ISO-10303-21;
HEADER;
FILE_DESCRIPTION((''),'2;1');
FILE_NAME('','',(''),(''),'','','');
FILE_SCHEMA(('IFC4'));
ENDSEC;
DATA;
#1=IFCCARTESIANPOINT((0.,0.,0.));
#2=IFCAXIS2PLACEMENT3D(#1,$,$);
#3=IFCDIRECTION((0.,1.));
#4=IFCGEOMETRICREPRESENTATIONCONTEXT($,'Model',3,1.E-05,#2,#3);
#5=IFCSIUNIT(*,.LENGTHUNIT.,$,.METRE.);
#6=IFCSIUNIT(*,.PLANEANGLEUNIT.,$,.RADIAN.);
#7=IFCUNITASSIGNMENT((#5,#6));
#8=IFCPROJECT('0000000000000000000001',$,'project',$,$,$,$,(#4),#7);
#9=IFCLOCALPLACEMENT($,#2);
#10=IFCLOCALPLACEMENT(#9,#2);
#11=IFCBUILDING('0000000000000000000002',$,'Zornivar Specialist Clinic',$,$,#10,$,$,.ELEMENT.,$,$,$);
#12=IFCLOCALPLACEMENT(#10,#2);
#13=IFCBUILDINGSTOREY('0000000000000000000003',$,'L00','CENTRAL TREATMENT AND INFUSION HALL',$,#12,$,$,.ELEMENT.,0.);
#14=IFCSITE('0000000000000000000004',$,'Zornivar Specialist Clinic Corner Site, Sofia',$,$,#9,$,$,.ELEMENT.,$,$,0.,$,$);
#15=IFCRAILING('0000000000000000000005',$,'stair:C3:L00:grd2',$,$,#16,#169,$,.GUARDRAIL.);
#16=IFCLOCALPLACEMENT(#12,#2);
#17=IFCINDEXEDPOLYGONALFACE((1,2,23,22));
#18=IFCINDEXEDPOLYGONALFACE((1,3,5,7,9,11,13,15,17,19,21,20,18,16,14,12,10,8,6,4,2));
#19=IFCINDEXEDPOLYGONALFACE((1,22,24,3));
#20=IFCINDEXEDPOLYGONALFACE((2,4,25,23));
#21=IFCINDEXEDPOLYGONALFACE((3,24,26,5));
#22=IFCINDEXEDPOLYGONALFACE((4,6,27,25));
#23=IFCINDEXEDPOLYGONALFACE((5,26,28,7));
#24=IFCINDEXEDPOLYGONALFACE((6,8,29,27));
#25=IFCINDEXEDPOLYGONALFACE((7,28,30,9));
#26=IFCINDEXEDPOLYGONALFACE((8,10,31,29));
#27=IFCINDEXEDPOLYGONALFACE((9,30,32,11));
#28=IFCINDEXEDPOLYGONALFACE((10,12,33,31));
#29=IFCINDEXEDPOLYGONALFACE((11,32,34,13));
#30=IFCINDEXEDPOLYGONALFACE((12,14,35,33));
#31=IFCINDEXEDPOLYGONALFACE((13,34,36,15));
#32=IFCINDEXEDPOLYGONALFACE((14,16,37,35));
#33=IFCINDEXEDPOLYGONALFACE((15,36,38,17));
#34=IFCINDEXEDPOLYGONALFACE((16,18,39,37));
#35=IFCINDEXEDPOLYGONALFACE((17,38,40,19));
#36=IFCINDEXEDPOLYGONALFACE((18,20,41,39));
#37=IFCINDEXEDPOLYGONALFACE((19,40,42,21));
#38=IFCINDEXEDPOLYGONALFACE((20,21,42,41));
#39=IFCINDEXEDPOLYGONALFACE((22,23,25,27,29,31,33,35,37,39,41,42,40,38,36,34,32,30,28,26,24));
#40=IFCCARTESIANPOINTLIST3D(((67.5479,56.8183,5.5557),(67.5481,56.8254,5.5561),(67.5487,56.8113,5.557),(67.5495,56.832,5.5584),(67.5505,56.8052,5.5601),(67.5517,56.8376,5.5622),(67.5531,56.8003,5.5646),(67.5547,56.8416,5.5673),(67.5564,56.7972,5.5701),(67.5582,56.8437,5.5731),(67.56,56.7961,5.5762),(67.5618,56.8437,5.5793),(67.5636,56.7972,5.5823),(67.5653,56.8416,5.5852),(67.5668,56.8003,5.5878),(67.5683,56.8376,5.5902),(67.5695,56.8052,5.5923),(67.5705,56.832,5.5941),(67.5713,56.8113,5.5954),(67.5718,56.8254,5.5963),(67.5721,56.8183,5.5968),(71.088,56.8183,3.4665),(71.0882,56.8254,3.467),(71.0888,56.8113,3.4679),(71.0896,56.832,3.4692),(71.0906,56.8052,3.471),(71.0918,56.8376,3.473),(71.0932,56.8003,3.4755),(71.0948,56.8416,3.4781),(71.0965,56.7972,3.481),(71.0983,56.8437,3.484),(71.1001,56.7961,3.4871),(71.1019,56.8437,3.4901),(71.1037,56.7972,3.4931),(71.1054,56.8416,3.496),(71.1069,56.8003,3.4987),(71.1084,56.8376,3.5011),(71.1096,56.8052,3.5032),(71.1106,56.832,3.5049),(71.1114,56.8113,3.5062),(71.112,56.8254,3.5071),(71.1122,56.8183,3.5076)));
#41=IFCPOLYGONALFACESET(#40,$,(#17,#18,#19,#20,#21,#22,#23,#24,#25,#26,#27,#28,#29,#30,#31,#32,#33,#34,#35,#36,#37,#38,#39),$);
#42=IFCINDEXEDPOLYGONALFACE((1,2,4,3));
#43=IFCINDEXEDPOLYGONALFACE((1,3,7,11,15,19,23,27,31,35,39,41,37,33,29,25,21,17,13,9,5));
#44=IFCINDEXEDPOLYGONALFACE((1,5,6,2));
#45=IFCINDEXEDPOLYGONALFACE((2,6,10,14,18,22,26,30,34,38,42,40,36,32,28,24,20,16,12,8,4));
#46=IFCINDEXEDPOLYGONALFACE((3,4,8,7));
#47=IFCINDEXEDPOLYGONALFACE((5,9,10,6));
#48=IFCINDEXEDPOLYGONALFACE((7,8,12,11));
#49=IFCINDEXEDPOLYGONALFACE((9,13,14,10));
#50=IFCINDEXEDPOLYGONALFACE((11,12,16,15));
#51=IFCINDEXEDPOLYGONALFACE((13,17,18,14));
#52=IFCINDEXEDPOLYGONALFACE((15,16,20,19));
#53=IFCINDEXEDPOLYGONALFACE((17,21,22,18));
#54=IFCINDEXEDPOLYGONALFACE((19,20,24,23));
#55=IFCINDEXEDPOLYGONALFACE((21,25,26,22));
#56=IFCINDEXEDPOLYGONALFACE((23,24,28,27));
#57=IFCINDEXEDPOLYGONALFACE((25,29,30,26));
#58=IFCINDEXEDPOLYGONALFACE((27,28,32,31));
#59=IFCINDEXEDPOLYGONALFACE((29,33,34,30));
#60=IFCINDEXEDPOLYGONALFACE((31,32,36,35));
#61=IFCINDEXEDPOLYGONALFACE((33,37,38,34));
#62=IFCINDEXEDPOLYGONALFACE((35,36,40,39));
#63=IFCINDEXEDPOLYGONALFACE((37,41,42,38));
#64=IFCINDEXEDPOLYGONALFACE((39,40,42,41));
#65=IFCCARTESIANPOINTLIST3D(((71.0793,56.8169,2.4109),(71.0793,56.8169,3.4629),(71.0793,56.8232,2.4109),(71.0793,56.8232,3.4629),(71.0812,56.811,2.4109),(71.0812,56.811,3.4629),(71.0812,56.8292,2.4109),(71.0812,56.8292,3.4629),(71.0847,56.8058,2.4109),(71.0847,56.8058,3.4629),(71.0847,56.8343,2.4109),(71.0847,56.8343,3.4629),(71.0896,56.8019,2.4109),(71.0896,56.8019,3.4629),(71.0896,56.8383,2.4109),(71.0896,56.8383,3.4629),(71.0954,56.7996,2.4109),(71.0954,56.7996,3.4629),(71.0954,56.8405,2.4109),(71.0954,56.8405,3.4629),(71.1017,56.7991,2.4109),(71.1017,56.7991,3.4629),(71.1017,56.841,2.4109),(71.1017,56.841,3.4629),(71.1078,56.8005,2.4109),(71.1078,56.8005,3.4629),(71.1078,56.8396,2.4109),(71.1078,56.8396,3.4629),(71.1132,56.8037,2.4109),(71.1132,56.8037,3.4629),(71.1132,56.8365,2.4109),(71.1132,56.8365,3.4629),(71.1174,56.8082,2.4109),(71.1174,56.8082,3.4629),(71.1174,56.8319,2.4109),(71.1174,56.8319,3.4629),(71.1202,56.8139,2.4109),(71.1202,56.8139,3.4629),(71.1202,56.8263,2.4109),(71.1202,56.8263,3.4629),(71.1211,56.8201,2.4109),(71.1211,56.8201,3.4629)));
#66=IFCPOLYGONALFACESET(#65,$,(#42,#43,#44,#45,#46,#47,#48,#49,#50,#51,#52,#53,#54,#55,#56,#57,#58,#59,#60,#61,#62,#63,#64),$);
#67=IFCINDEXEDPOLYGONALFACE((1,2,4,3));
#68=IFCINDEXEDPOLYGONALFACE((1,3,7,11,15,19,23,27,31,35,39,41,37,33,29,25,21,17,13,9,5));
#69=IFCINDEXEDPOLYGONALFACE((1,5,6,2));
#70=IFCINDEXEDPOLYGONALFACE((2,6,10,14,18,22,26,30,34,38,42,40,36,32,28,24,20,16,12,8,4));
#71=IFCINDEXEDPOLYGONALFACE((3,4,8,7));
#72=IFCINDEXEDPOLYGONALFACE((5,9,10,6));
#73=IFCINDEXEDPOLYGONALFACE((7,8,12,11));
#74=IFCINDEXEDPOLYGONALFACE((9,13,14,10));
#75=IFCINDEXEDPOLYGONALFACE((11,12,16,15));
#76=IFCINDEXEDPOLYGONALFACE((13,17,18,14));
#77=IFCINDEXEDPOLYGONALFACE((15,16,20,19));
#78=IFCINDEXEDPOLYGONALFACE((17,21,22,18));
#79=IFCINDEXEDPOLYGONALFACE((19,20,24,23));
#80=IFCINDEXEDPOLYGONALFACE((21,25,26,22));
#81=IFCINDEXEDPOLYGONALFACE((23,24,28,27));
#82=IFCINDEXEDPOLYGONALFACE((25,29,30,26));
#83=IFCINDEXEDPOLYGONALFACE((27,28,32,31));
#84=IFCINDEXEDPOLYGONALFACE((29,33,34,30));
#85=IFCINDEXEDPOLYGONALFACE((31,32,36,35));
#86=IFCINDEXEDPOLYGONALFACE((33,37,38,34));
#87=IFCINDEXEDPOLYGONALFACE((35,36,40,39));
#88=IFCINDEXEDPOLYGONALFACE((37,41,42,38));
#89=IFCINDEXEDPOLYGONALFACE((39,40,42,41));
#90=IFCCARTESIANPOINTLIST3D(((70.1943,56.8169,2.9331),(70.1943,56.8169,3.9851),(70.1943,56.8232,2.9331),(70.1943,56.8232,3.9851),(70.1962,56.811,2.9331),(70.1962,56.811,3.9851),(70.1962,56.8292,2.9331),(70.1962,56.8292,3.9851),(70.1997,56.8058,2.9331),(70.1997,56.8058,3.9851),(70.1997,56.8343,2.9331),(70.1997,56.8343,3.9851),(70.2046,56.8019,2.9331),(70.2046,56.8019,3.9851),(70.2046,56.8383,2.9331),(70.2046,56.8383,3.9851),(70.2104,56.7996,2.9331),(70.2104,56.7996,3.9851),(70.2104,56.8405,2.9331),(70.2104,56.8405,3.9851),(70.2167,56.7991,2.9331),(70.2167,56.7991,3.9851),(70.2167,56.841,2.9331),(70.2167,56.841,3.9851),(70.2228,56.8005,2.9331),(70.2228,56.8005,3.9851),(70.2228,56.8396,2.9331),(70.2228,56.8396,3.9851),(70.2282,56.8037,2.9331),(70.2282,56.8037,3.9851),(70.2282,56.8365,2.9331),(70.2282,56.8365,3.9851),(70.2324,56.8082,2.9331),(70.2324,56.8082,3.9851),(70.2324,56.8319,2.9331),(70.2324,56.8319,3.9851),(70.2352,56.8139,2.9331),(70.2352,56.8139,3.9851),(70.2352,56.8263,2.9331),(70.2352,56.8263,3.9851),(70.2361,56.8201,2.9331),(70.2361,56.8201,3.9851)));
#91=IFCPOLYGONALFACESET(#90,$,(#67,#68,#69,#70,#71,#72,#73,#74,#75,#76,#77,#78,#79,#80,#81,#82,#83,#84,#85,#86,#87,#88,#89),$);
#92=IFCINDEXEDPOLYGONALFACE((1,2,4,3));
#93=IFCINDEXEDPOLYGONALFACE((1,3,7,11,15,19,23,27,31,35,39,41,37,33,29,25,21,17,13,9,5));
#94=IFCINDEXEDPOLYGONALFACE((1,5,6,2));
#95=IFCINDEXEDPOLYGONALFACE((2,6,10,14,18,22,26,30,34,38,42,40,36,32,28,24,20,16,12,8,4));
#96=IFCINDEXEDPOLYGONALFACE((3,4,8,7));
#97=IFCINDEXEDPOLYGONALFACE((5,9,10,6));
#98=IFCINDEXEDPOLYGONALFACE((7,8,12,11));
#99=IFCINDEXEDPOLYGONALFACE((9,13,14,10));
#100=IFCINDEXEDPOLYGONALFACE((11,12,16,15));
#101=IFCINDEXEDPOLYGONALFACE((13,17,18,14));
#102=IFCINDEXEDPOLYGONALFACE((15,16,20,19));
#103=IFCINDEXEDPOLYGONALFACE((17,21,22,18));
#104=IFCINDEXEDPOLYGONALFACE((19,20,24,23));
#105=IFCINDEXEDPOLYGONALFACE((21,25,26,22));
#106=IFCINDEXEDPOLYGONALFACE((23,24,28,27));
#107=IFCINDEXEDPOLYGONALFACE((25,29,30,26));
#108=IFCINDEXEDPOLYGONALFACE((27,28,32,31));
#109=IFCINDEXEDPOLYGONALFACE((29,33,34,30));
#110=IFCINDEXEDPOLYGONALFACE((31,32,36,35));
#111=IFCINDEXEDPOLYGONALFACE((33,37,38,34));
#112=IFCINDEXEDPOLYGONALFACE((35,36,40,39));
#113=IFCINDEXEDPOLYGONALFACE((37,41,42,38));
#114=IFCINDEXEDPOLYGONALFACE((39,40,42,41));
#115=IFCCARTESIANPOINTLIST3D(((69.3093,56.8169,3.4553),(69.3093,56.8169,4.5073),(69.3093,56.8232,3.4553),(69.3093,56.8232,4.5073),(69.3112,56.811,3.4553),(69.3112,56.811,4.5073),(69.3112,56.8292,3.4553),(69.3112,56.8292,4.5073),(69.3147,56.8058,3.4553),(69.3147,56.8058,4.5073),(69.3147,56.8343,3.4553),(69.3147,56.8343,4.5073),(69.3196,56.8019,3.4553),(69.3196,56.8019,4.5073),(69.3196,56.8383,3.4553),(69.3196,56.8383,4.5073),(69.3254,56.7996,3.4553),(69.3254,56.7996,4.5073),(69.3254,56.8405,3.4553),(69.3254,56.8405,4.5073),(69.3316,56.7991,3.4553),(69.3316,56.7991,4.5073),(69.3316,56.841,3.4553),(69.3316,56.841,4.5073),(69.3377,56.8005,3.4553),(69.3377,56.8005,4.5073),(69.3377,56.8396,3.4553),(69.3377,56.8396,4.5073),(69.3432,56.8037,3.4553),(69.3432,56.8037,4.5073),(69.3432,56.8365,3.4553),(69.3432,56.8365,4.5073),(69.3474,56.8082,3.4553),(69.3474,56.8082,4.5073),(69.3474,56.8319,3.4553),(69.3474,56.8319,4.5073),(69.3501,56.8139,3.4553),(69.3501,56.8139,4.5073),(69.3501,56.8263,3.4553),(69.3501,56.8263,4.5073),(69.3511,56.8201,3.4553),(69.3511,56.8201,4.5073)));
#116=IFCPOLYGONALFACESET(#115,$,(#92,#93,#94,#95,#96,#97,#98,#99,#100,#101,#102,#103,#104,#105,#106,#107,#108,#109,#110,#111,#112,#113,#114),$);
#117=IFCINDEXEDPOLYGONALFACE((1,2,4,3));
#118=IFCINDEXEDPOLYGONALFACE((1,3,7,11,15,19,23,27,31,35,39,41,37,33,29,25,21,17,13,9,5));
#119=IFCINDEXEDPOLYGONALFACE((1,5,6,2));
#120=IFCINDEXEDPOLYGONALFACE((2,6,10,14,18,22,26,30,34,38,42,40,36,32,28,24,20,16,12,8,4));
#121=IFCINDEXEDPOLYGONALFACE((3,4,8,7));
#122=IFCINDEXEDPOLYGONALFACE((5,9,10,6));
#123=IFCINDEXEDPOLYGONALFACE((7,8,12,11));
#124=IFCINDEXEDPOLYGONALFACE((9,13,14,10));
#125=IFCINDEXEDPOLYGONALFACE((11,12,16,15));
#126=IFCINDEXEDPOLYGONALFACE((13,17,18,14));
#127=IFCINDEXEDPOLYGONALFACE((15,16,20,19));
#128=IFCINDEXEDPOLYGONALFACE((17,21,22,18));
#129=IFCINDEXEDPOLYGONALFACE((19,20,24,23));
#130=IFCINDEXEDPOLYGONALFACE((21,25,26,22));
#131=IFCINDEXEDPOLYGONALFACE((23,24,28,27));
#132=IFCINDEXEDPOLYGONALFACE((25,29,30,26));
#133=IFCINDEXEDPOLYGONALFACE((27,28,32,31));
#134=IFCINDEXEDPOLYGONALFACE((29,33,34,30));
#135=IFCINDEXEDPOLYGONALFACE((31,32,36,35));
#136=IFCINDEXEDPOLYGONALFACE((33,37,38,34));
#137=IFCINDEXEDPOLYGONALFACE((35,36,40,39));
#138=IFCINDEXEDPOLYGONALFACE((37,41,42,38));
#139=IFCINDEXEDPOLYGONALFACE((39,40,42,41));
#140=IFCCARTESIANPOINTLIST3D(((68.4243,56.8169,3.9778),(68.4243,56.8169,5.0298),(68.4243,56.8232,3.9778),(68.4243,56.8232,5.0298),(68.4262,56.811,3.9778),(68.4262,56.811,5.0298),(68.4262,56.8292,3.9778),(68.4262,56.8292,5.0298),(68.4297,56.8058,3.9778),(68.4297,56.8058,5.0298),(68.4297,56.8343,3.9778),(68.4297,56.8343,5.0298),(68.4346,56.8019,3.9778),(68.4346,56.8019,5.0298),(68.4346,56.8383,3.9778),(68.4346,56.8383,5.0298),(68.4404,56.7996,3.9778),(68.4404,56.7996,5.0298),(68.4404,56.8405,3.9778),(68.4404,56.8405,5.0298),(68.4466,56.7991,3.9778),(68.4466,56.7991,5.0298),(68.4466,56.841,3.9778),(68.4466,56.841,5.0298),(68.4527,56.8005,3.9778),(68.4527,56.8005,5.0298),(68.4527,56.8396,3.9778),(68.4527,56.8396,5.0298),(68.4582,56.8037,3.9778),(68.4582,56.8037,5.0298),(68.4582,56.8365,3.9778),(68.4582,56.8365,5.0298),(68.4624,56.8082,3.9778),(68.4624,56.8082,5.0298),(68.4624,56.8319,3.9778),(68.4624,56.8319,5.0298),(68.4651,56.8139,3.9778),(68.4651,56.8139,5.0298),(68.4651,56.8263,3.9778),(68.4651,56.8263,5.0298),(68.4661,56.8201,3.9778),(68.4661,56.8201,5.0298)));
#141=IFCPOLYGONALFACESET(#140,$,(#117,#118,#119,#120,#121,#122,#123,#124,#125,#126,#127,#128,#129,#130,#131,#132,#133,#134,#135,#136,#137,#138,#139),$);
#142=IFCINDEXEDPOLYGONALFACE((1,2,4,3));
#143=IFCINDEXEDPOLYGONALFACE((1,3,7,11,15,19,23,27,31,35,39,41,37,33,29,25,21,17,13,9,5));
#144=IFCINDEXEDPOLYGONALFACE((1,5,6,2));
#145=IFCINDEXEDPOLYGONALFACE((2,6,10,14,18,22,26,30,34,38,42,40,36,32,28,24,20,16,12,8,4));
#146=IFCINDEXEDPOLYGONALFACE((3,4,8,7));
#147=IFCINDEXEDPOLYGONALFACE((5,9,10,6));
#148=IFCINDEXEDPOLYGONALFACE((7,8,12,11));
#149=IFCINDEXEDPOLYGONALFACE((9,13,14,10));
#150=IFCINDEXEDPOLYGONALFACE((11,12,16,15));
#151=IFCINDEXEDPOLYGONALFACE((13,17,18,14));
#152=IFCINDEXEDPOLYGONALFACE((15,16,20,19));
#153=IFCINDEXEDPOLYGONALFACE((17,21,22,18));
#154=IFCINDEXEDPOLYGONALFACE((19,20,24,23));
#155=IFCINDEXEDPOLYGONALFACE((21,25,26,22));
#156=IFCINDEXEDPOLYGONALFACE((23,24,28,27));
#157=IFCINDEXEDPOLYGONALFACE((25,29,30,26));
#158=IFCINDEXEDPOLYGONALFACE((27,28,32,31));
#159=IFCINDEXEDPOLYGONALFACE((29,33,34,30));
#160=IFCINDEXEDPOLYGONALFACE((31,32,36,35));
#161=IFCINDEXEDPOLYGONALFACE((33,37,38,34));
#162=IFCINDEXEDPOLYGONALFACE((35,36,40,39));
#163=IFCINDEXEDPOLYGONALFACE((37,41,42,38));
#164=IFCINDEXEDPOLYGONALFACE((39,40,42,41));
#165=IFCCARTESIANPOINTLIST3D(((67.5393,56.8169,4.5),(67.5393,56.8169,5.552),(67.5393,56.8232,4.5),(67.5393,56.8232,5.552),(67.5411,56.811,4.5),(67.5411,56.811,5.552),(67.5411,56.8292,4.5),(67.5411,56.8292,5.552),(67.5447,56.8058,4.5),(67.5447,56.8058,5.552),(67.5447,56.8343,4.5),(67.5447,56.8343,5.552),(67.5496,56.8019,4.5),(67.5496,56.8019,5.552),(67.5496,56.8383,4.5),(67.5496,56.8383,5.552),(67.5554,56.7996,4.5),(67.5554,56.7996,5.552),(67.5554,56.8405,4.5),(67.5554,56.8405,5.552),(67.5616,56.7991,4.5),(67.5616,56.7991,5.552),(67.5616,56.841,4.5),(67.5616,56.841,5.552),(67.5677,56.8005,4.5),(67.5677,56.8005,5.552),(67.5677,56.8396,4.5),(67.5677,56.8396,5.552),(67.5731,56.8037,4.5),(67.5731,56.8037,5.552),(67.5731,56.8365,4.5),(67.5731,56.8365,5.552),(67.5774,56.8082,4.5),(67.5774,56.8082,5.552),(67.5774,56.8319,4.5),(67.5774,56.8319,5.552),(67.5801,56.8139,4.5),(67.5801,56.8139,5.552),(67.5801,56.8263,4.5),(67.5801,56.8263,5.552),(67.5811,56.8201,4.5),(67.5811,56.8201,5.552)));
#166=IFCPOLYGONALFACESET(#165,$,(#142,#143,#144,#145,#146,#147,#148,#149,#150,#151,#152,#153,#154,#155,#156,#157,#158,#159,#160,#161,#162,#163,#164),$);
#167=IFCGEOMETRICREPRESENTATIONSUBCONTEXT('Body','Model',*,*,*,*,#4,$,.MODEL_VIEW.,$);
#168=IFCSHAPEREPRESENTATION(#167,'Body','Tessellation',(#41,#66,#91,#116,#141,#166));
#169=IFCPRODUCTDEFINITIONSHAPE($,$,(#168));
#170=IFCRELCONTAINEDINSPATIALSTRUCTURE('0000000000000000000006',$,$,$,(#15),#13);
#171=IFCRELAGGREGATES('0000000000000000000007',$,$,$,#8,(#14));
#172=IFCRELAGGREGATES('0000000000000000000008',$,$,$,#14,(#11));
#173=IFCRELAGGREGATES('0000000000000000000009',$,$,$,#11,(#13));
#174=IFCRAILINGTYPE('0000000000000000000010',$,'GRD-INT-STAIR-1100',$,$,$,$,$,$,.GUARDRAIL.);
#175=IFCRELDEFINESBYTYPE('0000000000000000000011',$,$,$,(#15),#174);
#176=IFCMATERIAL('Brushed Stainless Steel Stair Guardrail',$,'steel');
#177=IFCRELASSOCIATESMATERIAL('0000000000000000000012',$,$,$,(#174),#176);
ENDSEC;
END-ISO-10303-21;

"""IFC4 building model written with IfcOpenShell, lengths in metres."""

from ifc_helpers import new_model, si_unit, direction, frame, origin, origin_2d, place, context, subcontext, project, spatial, circle, extrude, material, type_object, element, save


model = new_model("IFC4")

# Units and contexts
model_context = context("Model", 3, precision=1e-05, world=origin(), true_north=direction((0.0, 1.0)))
body_context = subcontext(model_context, "Body", "Model", "MODEL_VIEW")
ifc_project = project(units=[si_unit("LENGTHUNIT", "METRE"), si_unit("PLANEANGLEUNIT", "RADIAN")], contexts=[model_context])

# Site, building, storey
site_placement = place(None, origin())
site = spatial("IfcSite", under=ifc_project, at=site_placement, Name="Zornivar Specialist Clinic Corner Site, Sofia", CompositionType="ELEMENT", RefElevation=0.0)
building_placement = place(site_placement, origin())
building = spatial("IfcBuilding", under=site, at=building_placement, Name="Zornivar Specialist Clinic", CompositionType="ELEMENT")
storey_placement = place(building_placement, origin())
storey = spatial("IfcBuildingStorey", under=building, at=storey_placement, Name="L00", Description="CENTRAL TREATMENT AND INFUSION HALL", CompositionType="ELEMENT", Elevation=0.0)

# Railing
ifc_material_1 = material(Name="Brushed Stainless Steel Stair Guardrail", Category="steel")
railing_type_1 = type_object("IfcRailingType", Name="GRD-INT-STAIR-1100", PredefinedType="GUARDRAIL", material=ifc_material_1)
railing_1_placement = place(storey_placement, frame((71.1001, 56.8201, 2.4109)))
element("IfcRailing", 1, at=railing_1_placement, inside=storey, type_object=railing_type_1, Name="stair:C3:L00:grd2", PredefinedType="GUARDRAIL", context=body_context, shape_type="SweptSolid", body=[
    extrude(circle(Radius=0.0239, at=origin_2d()), frame((0.0, 0.0, 1.0762), z_axis=(-0.861217, 0.0, 0.508237), x_axis=(0.0, -1.0, 0.0)), (0.0, 0.0, 1.0), 4.1106),
    extrude(circle(Radius=0.021, at=origin_2d()), origin(), (0.0, 0.0, 1.0), 1.052),
    extrude(circle(Radius=0.021, at=origin_2d()), frame((-0.885, 0.0, 0.5222)), (0.0, 0.0, 1.0), 1.052),
    extrude(circle(Radius=0.021, at=origin_2d()), frame((-1.77, 0.0, 1.0444)), (0.0, 0.0, 1.0), 1.052),
    extrude(circle(Radius=0.021, at=origin_2d()), frame((-2.655, 0.0, 1.5669)), (0.0, 0.0, 1.0), 1.052),
    extrude(circle(Radius=0.021, at=origin_2d()), frame((-3.54, 0.0, 2.0891)), (0.0, 0.0, 1.0), 1.052),
])

save(model, "model.ifc")
